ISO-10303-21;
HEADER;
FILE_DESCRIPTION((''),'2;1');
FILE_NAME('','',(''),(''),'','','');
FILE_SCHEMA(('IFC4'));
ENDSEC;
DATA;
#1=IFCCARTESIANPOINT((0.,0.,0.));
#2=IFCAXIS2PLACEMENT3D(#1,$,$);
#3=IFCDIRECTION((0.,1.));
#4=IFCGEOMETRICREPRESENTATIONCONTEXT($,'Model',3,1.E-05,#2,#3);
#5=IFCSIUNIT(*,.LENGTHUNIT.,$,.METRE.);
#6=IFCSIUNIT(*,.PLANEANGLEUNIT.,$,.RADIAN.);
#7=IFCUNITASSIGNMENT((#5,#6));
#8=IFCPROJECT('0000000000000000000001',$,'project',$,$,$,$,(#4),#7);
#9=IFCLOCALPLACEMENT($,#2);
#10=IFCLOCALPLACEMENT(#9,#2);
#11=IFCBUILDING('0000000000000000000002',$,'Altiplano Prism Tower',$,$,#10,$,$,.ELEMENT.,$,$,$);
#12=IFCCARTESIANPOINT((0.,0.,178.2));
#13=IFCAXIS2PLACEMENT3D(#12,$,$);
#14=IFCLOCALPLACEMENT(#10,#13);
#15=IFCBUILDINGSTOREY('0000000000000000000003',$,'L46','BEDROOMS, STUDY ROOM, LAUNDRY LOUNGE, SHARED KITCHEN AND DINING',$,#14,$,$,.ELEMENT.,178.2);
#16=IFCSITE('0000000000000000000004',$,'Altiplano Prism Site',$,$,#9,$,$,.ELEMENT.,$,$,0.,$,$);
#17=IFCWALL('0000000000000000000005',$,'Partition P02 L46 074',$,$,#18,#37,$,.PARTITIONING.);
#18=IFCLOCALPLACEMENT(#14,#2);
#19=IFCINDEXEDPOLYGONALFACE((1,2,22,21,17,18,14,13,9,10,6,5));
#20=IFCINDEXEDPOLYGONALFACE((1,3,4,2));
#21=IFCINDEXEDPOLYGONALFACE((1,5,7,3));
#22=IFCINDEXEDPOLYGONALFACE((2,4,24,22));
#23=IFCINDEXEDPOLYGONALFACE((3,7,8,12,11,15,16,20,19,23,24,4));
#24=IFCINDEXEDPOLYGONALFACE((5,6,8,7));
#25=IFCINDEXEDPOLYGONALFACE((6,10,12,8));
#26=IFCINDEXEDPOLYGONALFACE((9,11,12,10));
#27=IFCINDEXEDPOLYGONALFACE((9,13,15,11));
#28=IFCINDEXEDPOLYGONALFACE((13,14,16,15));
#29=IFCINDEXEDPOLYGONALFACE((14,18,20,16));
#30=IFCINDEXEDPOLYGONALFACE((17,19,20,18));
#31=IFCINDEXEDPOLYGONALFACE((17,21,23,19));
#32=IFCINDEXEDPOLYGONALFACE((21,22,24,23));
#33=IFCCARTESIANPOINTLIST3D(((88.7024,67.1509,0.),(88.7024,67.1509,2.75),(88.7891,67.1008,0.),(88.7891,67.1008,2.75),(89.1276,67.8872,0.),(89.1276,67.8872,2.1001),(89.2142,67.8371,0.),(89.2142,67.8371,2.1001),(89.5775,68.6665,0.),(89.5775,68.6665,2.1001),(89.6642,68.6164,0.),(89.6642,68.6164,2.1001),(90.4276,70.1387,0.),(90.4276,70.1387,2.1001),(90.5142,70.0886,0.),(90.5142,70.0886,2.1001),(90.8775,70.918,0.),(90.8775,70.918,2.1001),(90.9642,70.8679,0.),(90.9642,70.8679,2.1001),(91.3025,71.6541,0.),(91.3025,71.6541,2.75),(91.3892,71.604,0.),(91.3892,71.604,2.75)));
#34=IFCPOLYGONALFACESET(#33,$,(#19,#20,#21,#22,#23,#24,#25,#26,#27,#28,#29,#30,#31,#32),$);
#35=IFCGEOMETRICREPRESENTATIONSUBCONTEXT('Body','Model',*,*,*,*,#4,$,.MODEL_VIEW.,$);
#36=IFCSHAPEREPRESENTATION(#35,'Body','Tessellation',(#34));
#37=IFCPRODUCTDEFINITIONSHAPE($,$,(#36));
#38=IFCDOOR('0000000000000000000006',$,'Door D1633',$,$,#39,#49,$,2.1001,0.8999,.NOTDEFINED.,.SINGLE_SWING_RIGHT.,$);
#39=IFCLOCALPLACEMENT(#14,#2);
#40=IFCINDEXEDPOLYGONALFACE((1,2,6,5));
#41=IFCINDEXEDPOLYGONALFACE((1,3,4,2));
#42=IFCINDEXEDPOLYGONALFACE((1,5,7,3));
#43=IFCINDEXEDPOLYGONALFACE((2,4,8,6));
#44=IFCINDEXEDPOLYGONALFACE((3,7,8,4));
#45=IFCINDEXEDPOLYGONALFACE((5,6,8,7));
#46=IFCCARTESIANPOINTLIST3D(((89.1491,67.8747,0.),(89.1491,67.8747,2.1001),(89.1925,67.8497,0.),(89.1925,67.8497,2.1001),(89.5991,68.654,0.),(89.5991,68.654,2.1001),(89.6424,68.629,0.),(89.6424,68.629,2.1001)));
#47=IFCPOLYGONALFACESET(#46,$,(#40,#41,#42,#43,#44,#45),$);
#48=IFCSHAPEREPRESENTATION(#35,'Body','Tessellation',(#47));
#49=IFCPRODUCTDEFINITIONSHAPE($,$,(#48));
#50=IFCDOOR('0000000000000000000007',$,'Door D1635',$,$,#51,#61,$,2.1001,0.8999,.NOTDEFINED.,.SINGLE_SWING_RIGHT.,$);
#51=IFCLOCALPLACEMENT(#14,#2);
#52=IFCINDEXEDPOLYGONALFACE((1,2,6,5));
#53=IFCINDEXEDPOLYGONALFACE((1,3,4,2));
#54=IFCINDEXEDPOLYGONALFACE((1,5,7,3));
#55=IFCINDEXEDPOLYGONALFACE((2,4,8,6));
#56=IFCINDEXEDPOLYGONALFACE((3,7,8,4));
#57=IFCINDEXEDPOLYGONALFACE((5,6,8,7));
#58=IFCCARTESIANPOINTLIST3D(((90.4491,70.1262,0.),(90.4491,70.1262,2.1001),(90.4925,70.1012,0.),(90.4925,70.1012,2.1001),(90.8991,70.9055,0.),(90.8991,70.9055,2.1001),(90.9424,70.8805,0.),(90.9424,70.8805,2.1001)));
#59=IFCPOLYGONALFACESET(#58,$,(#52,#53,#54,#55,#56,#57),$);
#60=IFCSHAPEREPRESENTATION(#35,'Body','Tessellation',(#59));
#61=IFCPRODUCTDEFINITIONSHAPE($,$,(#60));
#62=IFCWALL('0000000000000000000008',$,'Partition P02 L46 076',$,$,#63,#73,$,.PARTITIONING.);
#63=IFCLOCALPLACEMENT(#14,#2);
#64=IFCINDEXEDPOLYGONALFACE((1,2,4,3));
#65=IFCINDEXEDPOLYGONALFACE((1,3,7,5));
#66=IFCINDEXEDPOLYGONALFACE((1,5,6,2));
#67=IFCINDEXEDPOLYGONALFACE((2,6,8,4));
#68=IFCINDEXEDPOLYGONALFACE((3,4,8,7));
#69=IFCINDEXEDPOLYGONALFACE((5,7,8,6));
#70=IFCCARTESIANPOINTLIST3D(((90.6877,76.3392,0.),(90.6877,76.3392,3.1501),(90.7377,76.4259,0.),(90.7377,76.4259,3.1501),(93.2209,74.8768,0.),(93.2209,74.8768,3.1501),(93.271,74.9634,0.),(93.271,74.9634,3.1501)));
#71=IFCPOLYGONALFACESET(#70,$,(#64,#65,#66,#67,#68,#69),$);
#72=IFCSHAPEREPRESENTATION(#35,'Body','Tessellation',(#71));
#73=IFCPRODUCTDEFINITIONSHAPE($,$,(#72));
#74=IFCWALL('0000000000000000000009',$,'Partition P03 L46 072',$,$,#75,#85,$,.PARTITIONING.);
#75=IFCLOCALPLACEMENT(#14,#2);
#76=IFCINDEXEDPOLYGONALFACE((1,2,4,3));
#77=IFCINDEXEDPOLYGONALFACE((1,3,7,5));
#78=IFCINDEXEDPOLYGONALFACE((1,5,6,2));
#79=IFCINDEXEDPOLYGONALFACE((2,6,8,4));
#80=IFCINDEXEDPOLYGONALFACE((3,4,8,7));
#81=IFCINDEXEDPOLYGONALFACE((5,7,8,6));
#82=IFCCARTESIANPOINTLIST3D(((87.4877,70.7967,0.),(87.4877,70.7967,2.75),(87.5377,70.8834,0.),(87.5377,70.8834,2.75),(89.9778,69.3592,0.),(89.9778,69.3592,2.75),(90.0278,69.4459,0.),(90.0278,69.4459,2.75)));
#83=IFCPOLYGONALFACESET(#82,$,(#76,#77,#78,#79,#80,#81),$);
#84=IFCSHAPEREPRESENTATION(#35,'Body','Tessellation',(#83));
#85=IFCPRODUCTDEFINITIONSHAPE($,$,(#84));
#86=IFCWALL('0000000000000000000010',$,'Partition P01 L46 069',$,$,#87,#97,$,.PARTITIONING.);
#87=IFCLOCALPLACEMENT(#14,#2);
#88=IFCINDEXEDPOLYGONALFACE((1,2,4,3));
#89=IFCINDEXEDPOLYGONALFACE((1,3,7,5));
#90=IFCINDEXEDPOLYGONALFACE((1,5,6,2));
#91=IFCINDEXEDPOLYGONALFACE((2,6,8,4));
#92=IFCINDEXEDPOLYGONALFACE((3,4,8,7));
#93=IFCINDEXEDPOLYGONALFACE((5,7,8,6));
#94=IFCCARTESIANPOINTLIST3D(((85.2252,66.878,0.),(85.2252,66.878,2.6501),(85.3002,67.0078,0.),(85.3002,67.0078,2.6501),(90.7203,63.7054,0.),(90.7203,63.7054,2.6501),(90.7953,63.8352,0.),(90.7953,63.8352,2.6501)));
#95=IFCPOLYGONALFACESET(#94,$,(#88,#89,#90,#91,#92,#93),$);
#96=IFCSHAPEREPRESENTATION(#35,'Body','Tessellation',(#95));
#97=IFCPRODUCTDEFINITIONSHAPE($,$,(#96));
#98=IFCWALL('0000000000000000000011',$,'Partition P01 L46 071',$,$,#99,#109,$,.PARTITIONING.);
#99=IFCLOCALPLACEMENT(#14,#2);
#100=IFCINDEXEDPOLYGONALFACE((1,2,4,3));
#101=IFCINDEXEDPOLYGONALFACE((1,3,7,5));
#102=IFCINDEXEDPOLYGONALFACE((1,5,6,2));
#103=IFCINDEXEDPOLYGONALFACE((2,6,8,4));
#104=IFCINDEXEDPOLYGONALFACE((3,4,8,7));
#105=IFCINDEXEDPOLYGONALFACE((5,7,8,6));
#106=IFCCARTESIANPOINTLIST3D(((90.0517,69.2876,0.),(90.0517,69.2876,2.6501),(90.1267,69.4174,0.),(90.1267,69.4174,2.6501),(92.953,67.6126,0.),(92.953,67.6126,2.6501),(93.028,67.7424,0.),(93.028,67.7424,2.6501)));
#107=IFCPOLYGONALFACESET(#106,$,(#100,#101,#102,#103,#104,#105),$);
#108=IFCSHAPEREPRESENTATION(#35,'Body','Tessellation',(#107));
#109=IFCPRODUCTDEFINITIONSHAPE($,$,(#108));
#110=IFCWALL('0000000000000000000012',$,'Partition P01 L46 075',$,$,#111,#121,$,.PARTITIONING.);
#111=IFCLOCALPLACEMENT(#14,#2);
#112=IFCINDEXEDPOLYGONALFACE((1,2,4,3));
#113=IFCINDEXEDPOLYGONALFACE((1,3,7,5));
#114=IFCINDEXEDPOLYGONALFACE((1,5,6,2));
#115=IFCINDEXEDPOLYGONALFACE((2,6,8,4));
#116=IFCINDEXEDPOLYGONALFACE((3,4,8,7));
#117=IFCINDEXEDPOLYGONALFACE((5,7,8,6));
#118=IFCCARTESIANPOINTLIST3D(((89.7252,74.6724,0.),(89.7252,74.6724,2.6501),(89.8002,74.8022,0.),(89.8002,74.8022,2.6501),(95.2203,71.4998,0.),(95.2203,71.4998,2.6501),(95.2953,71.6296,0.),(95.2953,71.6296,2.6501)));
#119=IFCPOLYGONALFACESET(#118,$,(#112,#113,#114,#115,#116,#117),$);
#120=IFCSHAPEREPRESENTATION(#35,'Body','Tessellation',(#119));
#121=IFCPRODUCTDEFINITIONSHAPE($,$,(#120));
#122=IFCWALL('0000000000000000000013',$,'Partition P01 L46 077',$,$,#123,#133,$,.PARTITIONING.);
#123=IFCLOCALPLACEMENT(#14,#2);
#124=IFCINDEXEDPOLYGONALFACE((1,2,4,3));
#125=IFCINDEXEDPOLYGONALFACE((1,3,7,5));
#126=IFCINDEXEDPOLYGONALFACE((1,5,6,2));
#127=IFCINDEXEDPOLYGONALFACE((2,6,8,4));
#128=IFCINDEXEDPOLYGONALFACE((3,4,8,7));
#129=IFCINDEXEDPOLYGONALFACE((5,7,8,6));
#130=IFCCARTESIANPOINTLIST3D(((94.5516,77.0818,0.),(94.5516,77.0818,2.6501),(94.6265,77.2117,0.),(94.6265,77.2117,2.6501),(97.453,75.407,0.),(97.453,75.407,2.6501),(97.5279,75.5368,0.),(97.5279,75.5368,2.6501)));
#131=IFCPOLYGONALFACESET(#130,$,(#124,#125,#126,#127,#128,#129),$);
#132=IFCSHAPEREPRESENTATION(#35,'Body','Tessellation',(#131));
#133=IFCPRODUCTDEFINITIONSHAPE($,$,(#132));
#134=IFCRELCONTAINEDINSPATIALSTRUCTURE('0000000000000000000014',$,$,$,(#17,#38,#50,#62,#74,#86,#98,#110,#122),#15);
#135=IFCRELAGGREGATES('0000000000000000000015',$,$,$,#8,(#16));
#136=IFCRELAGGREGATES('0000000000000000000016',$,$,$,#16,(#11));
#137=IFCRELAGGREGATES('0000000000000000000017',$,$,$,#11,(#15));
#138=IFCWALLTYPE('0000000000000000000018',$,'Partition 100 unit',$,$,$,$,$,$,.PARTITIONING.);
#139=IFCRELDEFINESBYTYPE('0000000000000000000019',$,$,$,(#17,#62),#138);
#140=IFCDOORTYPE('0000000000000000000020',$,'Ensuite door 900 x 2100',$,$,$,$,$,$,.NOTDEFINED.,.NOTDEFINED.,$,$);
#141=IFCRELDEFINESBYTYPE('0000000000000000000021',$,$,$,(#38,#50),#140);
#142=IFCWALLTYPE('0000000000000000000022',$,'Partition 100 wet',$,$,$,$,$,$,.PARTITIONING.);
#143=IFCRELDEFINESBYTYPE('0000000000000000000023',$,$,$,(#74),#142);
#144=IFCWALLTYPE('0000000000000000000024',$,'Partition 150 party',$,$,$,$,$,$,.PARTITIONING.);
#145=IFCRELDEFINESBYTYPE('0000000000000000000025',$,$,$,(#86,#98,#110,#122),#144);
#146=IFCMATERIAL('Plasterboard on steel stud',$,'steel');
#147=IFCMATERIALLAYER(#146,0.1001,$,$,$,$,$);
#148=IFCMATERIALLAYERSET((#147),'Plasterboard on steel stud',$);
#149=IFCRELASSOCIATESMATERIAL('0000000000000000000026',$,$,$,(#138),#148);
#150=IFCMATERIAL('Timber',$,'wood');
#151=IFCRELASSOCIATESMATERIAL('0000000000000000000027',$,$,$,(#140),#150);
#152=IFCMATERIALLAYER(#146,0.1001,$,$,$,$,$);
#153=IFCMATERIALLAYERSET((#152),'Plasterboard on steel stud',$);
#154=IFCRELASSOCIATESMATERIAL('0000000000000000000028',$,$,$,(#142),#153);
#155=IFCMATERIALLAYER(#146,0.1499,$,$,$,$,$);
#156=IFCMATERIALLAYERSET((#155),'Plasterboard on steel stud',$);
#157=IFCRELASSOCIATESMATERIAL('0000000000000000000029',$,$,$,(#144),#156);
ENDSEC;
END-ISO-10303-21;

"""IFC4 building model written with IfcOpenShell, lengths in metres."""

from ifc_helpers import new_model, si_unit, direction, frame, frame_2d, origin, place, context, subcontext, project, spatial, rectangle, extrude, material, layer, layer_set, type_object, element, fill, save


model = new_model("IFC4")

# Units and contexts
model_context = context("Model", 3, precision=1e-05, world=origin(), true_north=direction((0.0, 1.0)))
body_context = subcontext(model_context, "Body", "Model", "MODEL_VIEW")
ifc_project = project(units=[si_unit("LENGTHUNIT", "METRE"), si_unit("PLANEANGLEUNIT", "RADIAN")], contexts=[model_context])

# Site, building, storey
site_placement = place(None, origin())
site = spatial("IfcSite", under=ifc_project, at=site_placement, Name="Altiplano Prism Site", CompositionType="ELEMENT", RefElevation=0.0)
building_placement = place(site_placement, origin())
building = spatial("IfcBuilding", under=site, at=building_placement, Name="Altiplano Prism Tower", CompositionType="ELEMENT")
storey_placement = place(building_placement, frame((0.0, 0.0, 178.2)))
storey = spatial("IfcBuildingStorey", under=building, at=storey_placement, Name="L46", Description="BEDROOMS, STUDY ROOM, LAUNDRY LOUNGE, SHARED KITCHEN AND DINING", CompositionType="ELEMENT", Elevation=178.2)

# Shared definitions
ifc_material_1 = material(Name="Plasterboard on steel stud", Category="steel")
ifc_layer_1 = layer(ifc_material_1, 0.1001)
ifc_layer_set_1 = layer_set([ifc_layer_1], Name="Plasterboard on steel stud")
wall_type_1 = type_object("IfcWallType", Name="Partition 100 unit", PredefinedType="PARTITIONING", material=ifc_layer_set_1)

# Wall, openings, doors
wall_1_placement = place(storey_placement, frame((91.3459, 71.6292, 0.0), z_axis=(0.0, 0.0, 1.0), x_axis=(-0.500027, -0.86601, 0.0)))
wall_1 = element("IfcWall", 1, at=wall_1_placement, inside=storey, type_object=wall_type_1, Name="Partition P02 L46 074", PredefinedType="PARTITIONING", context=body_context, shape_type="SweptSolid", body=[
    extrude(rectangle(XDim=5.2, YDim=0.1001, at=frame_2d((2.6001, 0.0))), origin(), (0.0, 0.0, 1.0), 2.75),
])
opening_1_placement = place(wall_1_placement, frame((3.45, 0.0, 0.0)))
opening_1 = element("IfcOpeningElement", 2, at=opening_1_placement, cuts=wall_1, PredefinedType="OPENING", context=body_context, shape_type="SweptSolid", body=[
    extrude(rectangle(XDim=0.8999, YDim=2.1001, at=frame_2d((0.45, 1.05))), frame((0.0, 0.0605, 0.0), z_axis=(0.0, -1.0, 0.0), x_axis=(1.0, 0.0, 0.0)), (0.0, 0.0, 1.0), 0.1211),
])
opening_2_placement = place(wall_1_placement, frame((0.8501, 0.0, 0.0)))
opening_2 = element("IfcOpeningElement", 3, at=opening_2_placement, cuts=wall_1, PredefinedType="OPENING", context=body_context, shape_type="SweptSolid", body=[
    extrude(rectangle(XDim=0.8999, YDim=2.1001, at=frame_2d((0.45, 1.05))), frame((0.0, 0.0605, 0.0), z_axis=(0.0, -1.0, 0.0), x_axis=(1.0, 0.0, 0.0)), (0.0, 0.0, 1.0), 0.1211),
])
ifc_material_2 = material(Name="Timber", Category="wood")
door_type = type_object("IfcDoorType", Name="Ensuite door 900 x 2100", OperationType="NOTDEFINED", PredefinedType="NOTDEFINED", material=ifc_material_2)
door_1_placement = place(opening_1_placement, origin())
door_1 = element("IfcDoor", 4, at=door_1_placement, inside=storey, type_object=door_type, Name="Door D1633", OperationType="SINGLE_SWING_RIGHT", OverallHeight=2.1001, OverallWidth=0.8999, PredefinedType="NOTDEFINED", context=body_context, shape_type="SweptSolid", body=[
    extrude(rectangle(XDim=0.8999, YDim=2.1001, at=frame_2d((0.45, 1.05))), frame((0.0, 0.0249, 0.0), z_axis=(0.0, -1.0, 0.0), x_axis=(1.0, 0.0, 0.0)), (0.0, 0.0, 1.0), 0.05),
])
fill(opening_1, door_1)
door_2_placement = place(opening_2_placement, origin())
door_2 = element("IfcDoor", 5, at=door_2_placement, inside=storey, type_object=door_type, Name="Door D1635", OperationType="SINGLE_SWING_RIGHT", OverallHeight=2.1001, OverallWidth=0.8999, PredefinedType="NOTDEFINED", context=body_context, shape_type="SweptSolid", body=[
    extrude(rectangle(XDim=0.8999, YDim=2.1001, at=frame_2d((0.45, 1.05))), frame((0.0, 0.0249, 0.0), z_axis=(0.0, -1.0, 0.0), x_axis=(1.0, 0.0, 0.0)), (0.0, 0.0, 1.0), 0.05),
])
fill(opening_2, door_2)

# Walls
wall_2_placement = place(storey_placement, frame((93.2458, 74.9202, 0.0), z_axis=(0.0, 0.0, 1.0), x_axis=(-0.866047, 0.499963, 0.0)))
element("IfcWall", 6, at=wall_2_placement, inside=storey, type_object=wall_type_1, Name="Partition P02 L46 076", PredefinedType="PARTITIONING", context=body_context, shape_type="SweptSolid", body=[
    extrude(rectangle(XDim=2.925, YDim=0.1001, at=frame_2d((1.4624, 0.0))), origin(), (0.0, 0.0, 1.0), 3.1501),
])
ifc_layer_2 = layer(ifc_material_1, 0.1001)
ifc_layer_set_2 = layer_set([ifc_layer_2], Name="Plasterboard on steel stud")
wall_type_2 = type_object("IfcWallType", Name="Partition 100 wet", PredefinedType="PARTITIONING", material=ifc_layer_set_2)
wall_3_placement = place(storey_placement, frame((90.0027, 69.4026, 0.0), z_axis=(0.0, 0.0, 1.0), x_axis=(-0.86604, 0.499975, 0.0)))
element("IfcWall", 7, at=wall_3_placement, inside=storey, type_object=wall_type_2, Name="Partition P03 L46 072", PredefinedType="PARTITIONING", context=body_context, shape_type="SweptSolid", body=[
    extrude(rectangle(XDim=2.8752, YDim=0.1001, at=frame_2d((1.4375, 0.0))), origin(), (0.0, 0.0, 1.0), 2.75),
])
ifc_layer_3 = layer(ifc_material_1, 0.1499)
ifc_layer_set_3 = layer_set([ifc_layer_3], Name="Plasterboard on steel stud")
wall_type_3 = type_object("IfcWallType", Name="Partition 150 party", PredefinedType="PARTITIONING", material=ifc_layer_set_3)
wall_4_placement = place(storey_placement, frame((90.7578, 63.7703, 0.0), z_axis=(0.0, 0.0, 1.0), x_axis=(-0.866025, 0.5, 0.0)))
element("IfcWall", 8, at=wall_4_placement, inside=storey, type_object=wall_type_3, Name="Partition P01 L46 069", PredefinedType="PARTITIONING", context=body_context, shape_type="SweptSolid", body=[
    extrude(rectangle(XDim=6.3452, YDim=0.1499, at=frame_2d((3.1726, 0.0))), origin(), (0.0, 0.0, 1.0), 2.6501),
])
wall_5_placement = place(storey_placement, frame((92.9905, 67.6775, 0.0), z_axis=(0.0, 0.0, 1.0), x_axis=(-0.866033, 0.499987, 0.0)))
element("IfcWall", 9, at=wall_5_placement, inside=storey, type_object=wall_type_3, Name="Partition P01 L46 071", PredefinedType="PARTITIONING", context=body_context, shape_type="SweptSolid", body=[
    extrude(rectangle(XDim=3.3501, YDim=0.1499, at=frame_2d((1.675, 0.0))), origin(), (0.0, 0.0, 1.0), 2.6501),
])
wall_6_placement = place(storey_placement, frame((95.2578, 71.5647, 0.0), z_axis=(0.0, 0.0, 1.0), x_axis=(-0.866025, 0.5, 0.0)))
element("IfcWall", 10, at=wall_6_placement, inside=storey, type_object=wall_type_3, Name="Partition P01 L46 075", PredefinedType="PARTITIONING", context=body_context, shape_type="SweptSolid", body=[
    extrude(rectangle(XDim=6.3452, YDim=0.1499, at=frame_2d((3.1726, 0.0))), origin(), (0.0, 0.0, 1.0), 2.6501),
])
wall_7_placement = place(storey_placement, frame((97.4905, 75.4719, 0.0), z_axis=(0.0, 0.0, 1.0), x_axis=(-0.866064, 0.499933, 0.0)))
element("IfcWall", 11, at=wall_7_placement, inside=storey, type_object=wall_type_3, Name="Partition P01 L46 077", PredefinedType="PARTITIONING", context=body_context, shape_type="SweptSolid", body=[
    extrude(rectangle(XDim=3.3501, YDim=0.1499, at=frame_2d((1.675, 0.0))), origin(), (0.0, 0.0, 1.0), 2.6501),
])

save(model, "model.ifc")
